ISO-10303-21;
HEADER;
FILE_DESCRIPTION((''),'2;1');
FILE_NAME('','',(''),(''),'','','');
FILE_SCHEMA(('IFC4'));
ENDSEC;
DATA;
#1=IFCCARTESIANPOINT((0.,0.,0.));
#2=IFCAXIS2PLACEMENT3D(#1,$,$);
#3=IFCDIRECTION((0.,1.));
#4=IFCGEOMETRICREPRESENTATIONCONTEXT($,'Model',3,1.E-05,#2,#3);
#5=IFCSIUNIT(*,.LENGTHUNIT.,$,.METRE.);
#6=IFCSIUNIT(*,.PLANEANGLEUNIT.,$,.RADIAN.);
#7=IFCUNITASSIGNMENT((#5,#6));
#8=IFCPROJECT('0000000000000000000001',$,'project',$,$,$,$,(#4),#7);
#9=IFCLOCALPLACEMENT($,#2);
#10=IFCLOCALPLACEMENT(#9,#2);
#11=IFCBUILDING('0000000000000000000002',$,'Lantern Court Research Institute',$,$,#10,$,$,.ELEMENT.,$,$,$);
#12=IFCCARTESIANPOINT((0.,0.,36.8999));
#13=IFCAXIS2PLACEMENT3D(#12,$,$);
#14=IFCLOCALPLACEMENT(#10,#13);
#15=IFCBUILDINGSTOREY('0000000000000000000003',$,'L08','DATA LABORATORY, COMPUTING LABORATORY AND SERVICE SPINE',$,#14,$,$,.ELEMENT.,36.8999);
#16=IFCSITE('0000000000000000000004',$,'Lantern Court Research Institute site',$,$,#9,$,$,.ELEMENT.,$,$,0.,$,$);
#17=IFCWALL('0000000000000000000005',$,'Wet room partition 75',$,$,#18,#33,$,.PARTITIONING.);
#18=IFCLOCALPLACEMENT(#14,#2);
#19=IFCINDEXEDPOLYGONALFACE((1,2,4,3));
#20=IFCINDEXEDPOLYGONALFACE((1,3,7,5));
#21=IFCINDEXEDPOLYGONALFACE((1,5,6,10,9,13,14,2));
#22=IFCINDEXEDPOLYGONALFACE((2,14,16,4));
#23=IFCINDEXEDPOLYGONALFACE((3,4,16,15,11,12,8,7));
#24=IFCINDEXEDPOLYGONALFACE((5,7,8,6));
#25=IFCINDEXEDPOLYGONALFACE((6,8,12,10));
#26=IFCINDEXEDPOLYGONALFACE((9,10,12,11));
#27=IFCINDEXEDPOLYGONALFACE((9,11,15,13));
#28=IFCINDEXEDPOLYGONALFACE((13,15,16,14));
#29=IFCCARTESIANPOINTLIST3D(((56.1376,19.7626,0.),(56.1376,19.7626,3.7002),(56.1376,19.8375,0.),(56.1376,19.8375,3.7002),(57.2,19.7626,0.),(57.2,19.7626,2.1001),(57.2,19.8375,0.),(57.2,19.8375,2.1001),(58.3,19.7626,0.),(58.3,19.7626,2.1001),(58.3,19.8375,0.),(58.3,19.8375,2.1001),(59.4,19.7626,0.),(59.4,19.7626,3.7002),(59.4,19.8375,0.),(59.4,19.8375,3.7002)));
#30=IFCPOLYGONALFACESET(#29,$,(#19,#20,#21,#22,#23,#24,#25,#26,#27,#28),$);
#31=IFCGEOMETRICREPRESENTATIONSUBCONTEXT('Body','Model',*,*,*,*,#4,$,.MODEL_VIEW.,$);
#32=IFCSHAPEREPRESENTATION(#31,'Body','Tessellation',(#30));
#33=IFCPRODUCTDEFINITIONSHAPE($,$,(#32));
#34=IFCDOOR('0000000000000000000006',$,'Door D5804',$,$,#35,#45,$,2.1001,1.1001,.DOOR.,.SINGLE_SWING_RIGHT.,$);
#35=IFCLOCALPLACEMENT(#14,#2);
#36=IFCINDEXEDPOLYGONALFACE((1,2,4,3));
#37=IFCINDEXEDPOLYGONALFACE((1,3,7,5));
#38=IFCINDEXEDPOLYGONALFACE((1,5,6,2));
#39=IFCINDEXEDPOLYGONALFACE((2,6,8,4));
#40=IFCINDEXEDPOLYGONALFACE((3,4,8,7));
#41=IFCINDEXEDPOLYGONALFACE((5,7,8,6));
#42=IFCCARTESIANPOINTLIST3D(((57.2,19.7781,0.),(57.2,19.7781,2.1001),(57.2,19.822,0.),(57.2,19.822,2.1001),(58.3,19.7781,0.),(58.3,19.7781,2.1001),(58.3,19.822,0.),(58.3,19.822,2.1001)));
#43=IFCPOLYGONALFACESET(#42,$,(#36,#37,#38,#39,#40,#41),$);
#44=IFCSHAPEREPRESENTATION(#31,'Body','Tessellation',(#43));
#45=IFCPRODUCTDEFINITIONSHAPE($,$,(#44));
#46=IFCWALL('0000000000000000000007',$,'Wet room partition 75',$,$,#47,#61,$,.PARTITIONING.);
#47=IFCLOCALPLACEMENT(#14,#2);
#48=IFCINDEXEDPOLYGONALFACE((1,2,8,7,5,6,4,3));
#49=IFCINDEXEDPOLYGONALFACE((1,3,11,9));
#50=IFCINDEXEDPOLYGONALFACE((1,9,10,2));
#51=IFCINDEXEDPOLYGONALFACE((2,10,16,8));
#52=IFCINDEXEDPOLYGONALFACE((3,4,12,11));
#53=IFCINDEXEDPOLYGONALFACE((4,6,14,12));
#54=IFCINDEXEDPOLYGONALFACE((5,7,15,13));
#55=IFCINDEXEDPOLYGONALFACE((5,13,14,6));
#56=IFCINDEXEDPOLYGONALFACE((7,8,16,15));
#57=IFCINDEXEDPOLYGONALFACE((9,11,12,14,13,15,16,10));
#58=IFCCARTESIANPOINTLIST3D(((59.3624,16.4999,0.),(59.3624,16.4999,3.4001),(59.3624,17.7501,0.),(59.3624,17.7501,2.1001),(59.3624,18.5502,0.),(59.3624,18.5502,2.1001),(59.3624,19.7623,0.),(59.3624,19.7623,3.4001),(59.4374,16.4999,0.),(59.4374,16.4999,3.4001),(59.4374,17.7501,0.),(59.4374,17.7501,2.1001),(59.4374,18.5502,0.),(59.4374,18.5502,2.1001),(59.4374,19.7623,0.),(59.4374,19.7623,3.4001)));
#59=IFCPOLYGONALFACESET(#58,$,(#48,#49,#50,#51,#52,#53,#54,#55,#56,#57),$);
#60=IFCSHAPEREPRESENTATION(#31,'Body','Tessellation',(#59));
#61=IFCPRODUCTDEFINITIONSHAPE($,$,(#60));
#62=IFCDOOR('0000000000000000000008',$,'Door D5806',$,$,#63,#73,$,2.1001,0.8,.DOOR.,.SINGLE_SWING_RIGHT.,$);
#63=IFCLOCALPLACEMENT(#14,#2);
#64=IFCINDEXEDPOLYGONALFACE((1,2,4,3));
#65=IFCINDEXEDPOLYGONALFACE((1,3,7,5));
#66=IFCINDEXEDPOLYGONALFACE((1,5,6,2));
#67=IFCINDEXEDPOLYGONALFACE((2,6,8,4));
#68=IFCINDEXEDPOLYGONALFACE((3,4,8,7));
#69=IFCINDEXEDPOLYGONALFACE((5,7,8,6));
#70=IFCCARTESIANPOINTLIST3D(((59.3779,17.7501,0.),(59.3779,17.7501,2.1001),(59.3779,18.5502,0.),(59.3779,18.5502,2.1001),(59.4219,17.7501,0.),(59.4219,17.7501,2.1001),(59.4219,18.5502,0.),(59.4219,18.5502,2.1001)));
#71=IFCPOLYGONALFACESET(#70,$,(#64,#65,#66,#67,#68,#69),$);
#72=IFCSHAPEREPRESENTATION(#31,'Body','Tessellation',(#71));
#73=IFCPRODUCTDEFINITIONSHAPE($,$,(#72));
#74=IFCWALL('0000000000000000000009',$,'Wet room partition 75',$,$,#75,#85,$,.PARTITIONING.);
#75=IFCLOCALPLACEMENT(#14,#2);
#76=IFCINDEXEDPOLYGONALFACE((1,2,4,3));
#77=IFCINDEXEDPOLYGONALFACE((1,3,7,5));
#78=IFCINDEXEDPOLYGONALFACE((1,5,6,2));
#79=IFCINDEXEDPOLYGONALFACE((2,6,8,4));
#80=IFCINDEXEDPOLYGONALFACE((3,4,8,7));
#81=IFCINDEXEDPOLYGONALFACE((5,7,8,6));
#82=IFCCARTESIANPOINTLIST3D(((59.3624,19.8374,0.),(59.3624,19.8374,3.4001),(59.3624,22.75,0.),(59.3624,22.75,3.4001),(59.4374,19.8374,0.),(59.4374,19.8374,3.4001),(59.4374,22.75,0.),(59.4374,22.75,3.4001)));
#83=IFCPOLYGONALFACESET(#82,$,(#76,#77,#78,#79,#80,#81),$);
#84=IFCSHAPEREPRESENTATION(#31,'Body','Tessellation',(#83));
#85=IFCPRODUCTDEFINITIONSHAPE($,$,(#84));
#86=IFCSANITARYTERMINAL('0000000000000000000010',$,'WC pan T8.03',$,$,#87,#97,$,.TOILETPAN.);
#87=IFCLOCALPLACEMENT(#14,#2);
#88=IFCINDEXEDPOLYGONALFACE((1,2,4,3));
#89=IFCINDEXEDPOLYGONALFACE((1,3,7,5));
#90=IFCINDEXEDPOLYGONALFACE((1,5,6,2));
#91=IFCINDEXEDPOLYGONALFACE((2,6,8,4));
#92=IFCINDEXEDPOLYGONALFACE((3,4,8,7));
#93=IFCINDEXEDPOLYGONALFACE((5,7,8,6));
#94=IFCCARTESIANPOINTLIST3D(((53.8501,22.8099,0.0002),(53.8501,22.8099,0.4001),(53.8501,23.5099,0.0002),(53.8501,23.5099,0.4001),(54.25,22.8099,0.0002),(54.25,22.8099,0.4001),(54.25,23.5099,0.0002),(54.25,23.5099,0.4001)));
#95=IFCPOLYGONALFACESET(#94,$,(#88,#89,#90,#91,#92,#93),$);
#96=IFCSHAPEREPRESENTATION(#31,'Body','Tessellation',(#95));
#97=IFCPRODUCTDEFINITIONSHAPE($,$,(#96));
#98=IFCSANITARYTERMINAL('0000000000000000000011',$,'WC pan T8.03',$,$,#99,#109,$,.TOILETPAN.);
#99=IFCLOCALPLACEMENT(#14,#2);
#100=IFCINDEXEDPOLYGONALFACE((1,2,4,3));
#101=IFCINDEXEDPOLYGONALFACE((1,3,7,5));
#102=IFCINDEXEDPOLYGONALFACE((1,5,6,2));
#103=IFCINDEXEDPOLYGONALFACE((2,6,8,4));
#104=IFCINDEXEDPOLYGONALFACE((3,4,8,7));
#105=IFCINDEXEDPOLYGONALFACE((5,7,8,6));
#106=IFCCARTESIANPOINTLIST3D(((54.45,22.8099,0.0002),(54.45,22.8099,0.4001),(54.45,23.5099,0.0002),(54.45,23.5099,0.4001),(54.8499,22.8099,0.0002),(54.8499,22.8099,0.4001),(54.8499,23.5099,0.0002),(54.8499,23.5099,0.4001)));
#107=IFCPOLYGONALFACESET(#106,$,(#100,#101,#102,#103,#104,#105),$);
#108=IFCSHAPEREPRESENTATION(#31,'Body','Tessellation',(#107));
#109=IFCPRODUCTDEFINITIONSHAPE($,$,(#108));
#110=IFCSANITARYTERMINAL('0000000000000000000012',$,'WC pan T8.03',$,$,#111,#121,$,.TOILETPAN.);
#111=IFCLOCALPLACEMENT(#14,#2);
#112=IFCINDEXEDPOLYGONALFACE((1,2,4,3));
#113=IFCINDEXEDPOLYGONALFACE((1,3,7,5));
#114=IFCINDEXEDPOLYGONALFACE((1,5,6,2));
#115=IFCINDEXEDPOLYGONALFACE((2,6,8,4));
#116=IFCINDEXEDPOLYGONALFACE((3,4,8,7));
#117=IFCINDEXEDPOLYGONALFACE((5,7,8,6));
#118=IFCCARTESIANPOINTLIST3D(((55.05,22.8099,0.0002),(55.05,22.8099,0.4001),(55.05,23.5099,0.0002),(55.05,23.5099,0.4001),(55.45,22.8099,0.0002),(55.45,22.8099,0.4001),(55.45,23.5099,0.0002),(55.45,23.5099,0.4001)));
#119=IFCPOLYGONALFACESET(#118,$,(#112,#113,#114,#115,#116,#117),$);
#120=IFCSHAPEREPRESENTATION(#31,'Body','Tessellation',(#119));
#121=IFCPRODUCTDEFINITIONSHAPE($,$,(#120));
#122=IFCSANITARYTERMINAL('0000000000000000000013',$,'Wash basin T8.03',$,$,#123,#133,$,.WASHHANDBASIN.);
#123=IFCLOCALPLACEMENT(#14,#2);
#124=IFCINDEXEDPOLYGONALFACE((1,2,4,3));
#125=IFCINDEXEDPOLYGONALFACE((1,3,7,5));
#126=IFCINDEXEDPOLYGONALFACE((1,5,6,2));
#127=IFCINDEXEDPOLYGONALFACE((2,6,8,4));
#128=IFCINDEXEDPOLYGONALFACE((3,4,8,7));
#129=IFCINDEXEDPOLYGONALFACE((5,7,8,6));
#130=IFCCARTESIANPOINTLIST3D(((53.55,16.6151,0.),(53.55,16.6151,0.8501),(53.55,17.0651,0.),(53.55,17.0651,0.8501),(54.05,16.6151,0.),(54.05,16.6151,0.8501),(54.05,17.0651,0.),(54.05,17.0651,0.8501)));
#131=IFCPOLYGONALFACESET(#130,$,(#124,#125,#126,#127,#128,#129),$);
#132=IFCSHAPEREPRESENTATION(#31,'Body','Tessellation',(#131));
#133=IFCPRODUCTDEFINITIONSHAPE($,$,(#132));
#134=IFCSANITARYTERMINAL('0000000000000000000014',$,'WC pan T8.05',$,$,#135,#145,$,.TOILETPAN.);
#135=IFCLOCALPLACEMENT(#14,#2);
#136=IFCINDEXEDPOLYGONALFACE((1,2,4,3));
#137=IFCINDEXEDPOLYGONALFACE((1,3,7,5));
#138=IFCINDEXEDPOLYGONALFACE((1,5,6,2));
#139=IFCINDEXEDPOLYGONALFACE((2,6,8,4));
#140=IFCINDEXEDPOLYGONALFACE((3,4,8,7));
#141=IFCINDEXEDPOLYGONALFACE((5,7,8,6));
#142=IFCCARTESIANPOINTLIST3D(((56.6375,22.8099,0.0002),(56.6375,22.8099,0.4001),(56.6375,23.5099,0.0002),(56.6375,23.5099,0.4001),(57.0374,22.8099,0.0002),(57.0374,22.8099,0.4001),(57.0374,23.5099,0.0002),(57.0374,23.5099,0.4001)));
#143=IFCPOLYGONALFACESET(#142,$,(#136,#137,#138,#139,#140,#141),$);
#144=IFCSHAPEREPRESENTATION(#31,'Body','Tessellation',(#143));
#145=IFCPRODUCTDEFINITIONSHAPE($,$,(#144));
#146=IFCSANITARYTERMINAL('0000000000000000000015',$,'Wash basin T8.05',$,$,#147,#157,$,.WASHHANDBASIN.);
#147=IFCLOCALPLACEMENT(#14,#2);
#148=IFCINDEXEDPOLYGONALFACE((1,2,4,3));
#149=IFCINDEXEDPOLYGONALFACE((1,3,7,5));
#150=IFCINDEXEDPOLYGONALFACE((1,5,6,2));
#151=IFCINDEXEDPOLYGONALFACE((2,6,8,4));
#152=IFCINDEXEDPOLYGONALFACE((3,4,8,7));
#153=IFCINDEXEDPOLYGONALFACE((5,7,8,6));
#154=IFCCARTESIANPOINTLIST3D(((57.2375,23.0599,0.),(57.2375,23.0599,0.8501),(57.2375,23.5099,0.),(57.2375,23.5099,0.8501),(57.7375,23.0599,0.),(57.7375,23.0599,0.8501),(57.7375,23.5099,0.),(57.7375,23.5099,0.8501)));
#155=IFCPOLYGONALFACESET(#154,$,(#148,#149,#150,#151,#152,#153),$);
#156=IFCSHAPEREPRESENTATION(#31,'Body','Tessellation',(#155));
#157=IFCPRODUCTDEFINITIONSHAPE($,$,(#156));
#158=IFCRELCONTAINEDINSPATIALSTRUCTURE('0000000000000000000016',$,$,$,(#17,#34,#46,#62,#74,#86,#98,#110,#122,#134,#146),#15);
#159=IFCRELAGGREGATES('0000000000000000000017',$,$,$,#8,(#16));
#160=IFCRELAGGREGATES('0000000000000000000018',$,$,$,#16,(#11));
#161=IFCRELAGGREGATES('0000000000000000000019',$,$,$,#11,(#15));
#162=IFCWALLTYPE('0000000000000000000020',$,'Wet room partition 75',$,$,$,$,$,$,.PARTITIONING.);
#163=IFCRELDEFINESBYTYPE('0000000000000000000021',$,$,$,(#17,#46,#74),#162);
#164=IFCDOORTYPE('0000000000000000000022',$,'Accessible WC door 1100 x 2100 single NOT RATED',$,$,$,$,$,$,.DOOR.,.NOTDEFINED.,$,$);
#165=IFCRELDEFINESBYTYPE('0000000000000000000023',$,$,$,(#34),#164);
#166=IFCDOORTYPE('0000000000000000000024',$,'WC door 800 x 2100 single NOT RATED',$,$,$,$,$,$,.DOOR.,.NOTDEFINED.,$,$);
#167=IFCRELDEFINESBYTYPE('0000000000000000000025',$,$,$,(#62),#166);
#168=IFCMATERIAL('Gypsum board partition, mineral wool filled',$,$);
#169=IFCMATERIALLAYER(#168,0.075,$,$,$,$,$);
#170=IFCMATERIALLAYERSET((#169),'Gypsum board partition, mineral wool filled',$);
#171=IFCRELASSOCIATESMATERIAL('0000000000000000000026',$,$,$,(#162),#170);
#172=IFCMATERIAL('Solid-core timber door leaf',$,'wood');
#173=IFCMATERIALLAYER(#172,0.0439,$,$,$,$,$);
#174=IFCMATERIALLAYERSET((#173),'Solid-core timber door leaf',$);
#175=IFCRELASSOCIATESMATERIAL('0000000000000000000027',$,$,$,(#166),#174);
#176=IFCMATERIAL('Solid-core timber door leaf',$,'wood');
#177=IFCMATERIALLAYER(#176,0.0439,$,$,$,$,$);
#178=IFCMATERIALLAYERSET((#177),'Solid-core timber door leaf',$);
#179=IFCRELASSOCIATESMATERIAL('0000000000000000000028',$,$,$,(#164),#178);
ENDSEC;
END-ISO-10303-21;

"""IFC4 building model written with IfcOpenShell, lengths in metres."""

from ifc_helpers import new_model, si_unit, direction, frame, frame_2d, origin, origin_2d, place, context, subcontext, project, spatial, rectangle, extrude, material, layer, layer_set, type_object, element, fill, save


model = new_model("IFC4")

# Units and contexts
model_context = context("Model", 3, precision=1e-05, world=origin(), true_north=direction((0.0, 1.0)))
body_context = subcontext(model_context, "Body", "Model", "MODEL_VIEW")
ifc_project = project(units=[si_unit("LENGTHUNIT", "METRE"), si_unit("PLANEANGLEUNIT", "RADIAN")], contexts=[model_context])

# Site, building, storey
site_placement = place(None, origin())
site = spatial("IfcSite", under=ifc_project, at=site_placement, Name="Lantern Court Research Institute site", CompositionType="ELEMENT", RefElevation=0.0)
building_placement = place(site_placement, origin())
building = spatial("IfcBuilding", under=site, at=building_placement, Name="Lantern Court Research Institute", CompositionType="ELEMENT")
storey_placement = place(building_placement, frame((0.0, 0.0, 36.8999)))
storey = spatial("IfcBuildingStorey", under=building, at=storey_placement, Name="L08", Description="DATA LABORATORY, COMPUTING LABORATORY AND SERVICE SPINE", CompositionType="ELEMENT", Elevation=36.8999)

# Shared definitions
ifc_material_1 = material(Name="Gypsum board partition, mineral wool filled")
ifc_layer_1 = layer(ifc_material_1, 0.075)
ifc_layer_set_1 = layer_set([ifc_layer_1], Name="Gypsum board partition, mineral wool filled")
wall_type = type_object("IfcWallType", Name="Wet room partition 75", PredefinedType="PARTITIONING", material=ifc_layer_set_1)
ifc_material_2 = material(Name="Solid-core timber door leaf", Category="wood")
ifc_layer_2 = layer(ifc_material_2, 0.0439)
ifc_layer_set_2 = layer_set([ifc_layer_2], Name="Solid-core timber door leaf")
door_type_1 = type_object("IfcDoorType", Name="WC door 800 x 2100 single NOT RATED", OperationType="NOTDEFINED", PredefinedType="DOOR", material=ifc_layer_set_2)

# Walls, openings, doors
wall_1_placement = place(storey_placement, frame((56.1375, 19.8, 0.0), z_axis=(0.0, 0.0, 1.0), x_axis=(1.0, 0.0, 0.0)))
wall_1 = element("IfcWall", 1, at=wall_1_placement, inside=storey, type_object=wall_type, Name="Wet room partition 75", PredefinedType="PARTITIONING", context=body_context, shape_type="SweptSolid", body=[
    extrude(rectangle(XDim=3.2625, YDim=0.075, at=frame_2d((1.6313, 0.0))), origin(), (0.0, 0.0, 1.0), 3.7002),
])
opening_1_placement = place(wall_1_placement, frame((1.0625, 0.0, 0.0)))
opening_1 = element("IfcOpeningElement", 2, at=opening_1_placement, cuts=wall_1, PredefinedType="OPENING", context=body_context, shape_type="SweptSolid", body=[
    extrude(rectangle(XDim=1.1001, YDim=2.1001, at=frame_2d((0.55, 1.05))), frame((0.0, 0.0474, 0.0), z_axis=(0.0, -1.0, 0.0), x_axis=(1.0, 0.0, 0.0)), (0.0, 0.0, 1.0), 0.095),
])
ifc_material_3 = material(Name="Solid-core timber door leaf", Category="wood")
ifc_layer_3 = layer(ifc_material_3, 0.0439)
ifc_layer_set_3 = layer_set([ifc_layer_3], Name="Solid-core timber door leaf")
door_type_2 = type_object("IfcDoorType", Name="Accessible WC door 1100 x 2100 single NOT RATED", OperationType="NOTDEFINED", PredefinedType="DOOR", material=ifc_layer_set_3)
door_1_placement = place(opening_1_placement, origin())
door_1 = element("IfcDoor", 3, at=door_1_placement, inside=storey, type_object=door_type_2, Name="Door D5804", OperationType="SINGLE_SWING_RIGHT", OverallHeight=2.1001, OverallWidth=1.1001, PredefinedType="DOOR", context=body_context, shape_type="SweptSolid", body=[
    extrude(rectangle(XDim=1.1001, YDim=2.1001, at=frame_2d((0.55, 1.05))), frame((0.0, 0.022, 0.0), z_axis=(0.0, -1.0, 0.0), x_axis=(1.0, 0.0, 0.0)), (0.0, 0.0, 1.0), 0.0439),
])
fill(opening_1, door_1)
wall_2_placement = place(storey_placement, frame((59.3999, 19.7625, 0.0), z_axis=(0.0, 0.0, 1.0), x_axis=(0.0, -1.0, 0.0)))
wall_2 = element("IfcWall", 4, at=wall_2_placement, inside=storey, type_object=wall_type, Name="Wet room partition 75", PredefinedType="PARTITIONING", context=body_context, shape_type="SweptSolid", body=[
    extrude(rectangle(XDim=3.2625, YDim=0.075, at=frame_2d((1.6313, 0.0))), origin(), (0.0, 0.0, 1.0), 3.4001),
])
opening_2_placement = place(wall_2_placement, frame((1.2124, 0.0, 0.0)))
opening_2 = element("IfcOpeningElement", 5, at=opening_2_placement, cuts=wall_2, PredefinedType="OPENING", context=body_context, shape_type="SweptSolid", body=[
    extrude(rectangle(XDim=0.8, YDim=2.1001, at=frame_2d((0.3999, 1.05))), frame((0.0, 0.0474, 0.0), z_axis=(0.0, -1.0, 0.0), x_axis=(1.0, 0.0, 0.0)), (0.0, 0.0, 1.0), 0.095),
])
door_2_placement = place(opening_2_placement, origin())
door_2 = element("IfcDoor", 6, at=door_2_placement, inside=storey, type_object=door_type_1, Name="Door D5806", OperationType="SINGLE_SWING_RIGHT", OverallHeight=2.1001, OverallWidth=0.8, PredefinedType="DOOR", context=body_context, shape_type="SweptSolid", body=[
    extrude(rectangle(XDim=0.8, YDim=2.1001, at=frame_2d((0.3999, 1.05))), frame((0.0, 0.022, 0.0), z_axis=(0.0, -1.0, 0.0), x_axis=(1.0, 0.0, 0.0)), (0.0, 0.0, 1.0), 0.0439),
])
fill(opening_2, door_2)

# Wall
wall_3_placement = place(storey_placement, frame((59.3999, 19.8374, 0.0), z_axis=(0.0, 0.0, 1.0), x_axis=(0.0, 1.0, 0.0)))
element("IfcWall", 7, at=wall_3_placement, inside=storey, type_object=wall_type, Name="Wet room partition 75", PredefinedType="PARTITIONING", context=body_context, shape_type="SweptSolid", body=[
    extrude(rectangle(XDim=2.9126, YDim=0.075, at=frame_2d((1.4563, 0.0))), origin(), (0.0, 0.0, 1.0), 3.4001),
])

# Sanitary terminals
for number, where, z_axis, x_axis, name in (
    (8, (54.05, 23.1599, 0.0002), (0.0, 0.0, 1.0), (1.0, 0.0, 0.0), "WC pan T8.03"),
    (9, (54.6499, 23.1599, 0.0002), (0.0, 0.0, 1.0), (1.0, 0.0, 0.0), "WC pan T8.03"),
    (10, (55.25, 23.1599, 0.0002), (0.0, 0.0, 1.0), (1.0, 0.0, 0.0), "WC pan T8.03"),
):
    element("IfcSanitaryTerminal", number, at=place(storey_placement, frame(where, z_axis=z_axis, x_axis=x_axis)), inside=storey, Name=name, PredefinedType="TOILETPAN", context=body_context, shape_type="SweptSolid", body=[
        extrude(rectangle(XDim=0.3999, YDim=0.7, at=origin_2d()), origin(), (0.0, 0.0, 1.0), 0.3999),
    ])
sanitary_terminal_1_placement = place(storey_placement, frame((53.8, 16.8401, 0.0), z_axis=(0.0, 0.0, 1.0), x_axis=(1.0, 0.0, 0.0)))
element("IfcSanitaryTerminal", 11, at=sanitary_terminal_1_placement, inside=storey, Name="Wash basin T8.03", PredefinedType="WASHHANDBASIN", context=body_context, shape_type="SweptSolid", body=[
    extrude(rectangle(XDim=0.5, YDim=0.45, at=origin_2d()), origin(), (0.0, 0.0, 1.0), 0.8501),
])
sanitary_terminal_2_placement = place(storey_placement, frame((56.8374, 23.1599, 0.0002), z_axis=(0.0, 0.0, 1.0), x_axis=(1.0, 0.0, 0.0)))
element("IfcSanitaryTerminal", 12, at=sanitary_terminal_2_placement, inside=storey, Name="WC pan T8.05", PredefinedType="TOILETPAN", context=body_context, shape_type="SweptSolid", body=[
    extrude(rectangle(XDim=0.3999, YDim=0.7, at=origin_2d()), origin(), (0.0, 0.0, 1.0), 0.3999),
])
sanitary_terminal_3_placement = place(storey_placement, frame((57.4875, 23.2849, 0.0), z_axis=(0.0, 0.0, 1.0), x_axis=(1.0, 0.0, 0.0)))
element("IfcSanitaryTerminal", 13, at=sanitary_terminal_3_placement, inside=storey, Name="Wash basin T8.05", PredefinedType="WASHHANDBASIN", context=body_context, shape_type="SweptSolid", body=[
    extrude(rectangle(XDim=0.5, YDim=0.45, at=origin_2d()), origin(), (0.0, 0.0, 1.0), 0.8501),
])

save(model, "model.ifc")
